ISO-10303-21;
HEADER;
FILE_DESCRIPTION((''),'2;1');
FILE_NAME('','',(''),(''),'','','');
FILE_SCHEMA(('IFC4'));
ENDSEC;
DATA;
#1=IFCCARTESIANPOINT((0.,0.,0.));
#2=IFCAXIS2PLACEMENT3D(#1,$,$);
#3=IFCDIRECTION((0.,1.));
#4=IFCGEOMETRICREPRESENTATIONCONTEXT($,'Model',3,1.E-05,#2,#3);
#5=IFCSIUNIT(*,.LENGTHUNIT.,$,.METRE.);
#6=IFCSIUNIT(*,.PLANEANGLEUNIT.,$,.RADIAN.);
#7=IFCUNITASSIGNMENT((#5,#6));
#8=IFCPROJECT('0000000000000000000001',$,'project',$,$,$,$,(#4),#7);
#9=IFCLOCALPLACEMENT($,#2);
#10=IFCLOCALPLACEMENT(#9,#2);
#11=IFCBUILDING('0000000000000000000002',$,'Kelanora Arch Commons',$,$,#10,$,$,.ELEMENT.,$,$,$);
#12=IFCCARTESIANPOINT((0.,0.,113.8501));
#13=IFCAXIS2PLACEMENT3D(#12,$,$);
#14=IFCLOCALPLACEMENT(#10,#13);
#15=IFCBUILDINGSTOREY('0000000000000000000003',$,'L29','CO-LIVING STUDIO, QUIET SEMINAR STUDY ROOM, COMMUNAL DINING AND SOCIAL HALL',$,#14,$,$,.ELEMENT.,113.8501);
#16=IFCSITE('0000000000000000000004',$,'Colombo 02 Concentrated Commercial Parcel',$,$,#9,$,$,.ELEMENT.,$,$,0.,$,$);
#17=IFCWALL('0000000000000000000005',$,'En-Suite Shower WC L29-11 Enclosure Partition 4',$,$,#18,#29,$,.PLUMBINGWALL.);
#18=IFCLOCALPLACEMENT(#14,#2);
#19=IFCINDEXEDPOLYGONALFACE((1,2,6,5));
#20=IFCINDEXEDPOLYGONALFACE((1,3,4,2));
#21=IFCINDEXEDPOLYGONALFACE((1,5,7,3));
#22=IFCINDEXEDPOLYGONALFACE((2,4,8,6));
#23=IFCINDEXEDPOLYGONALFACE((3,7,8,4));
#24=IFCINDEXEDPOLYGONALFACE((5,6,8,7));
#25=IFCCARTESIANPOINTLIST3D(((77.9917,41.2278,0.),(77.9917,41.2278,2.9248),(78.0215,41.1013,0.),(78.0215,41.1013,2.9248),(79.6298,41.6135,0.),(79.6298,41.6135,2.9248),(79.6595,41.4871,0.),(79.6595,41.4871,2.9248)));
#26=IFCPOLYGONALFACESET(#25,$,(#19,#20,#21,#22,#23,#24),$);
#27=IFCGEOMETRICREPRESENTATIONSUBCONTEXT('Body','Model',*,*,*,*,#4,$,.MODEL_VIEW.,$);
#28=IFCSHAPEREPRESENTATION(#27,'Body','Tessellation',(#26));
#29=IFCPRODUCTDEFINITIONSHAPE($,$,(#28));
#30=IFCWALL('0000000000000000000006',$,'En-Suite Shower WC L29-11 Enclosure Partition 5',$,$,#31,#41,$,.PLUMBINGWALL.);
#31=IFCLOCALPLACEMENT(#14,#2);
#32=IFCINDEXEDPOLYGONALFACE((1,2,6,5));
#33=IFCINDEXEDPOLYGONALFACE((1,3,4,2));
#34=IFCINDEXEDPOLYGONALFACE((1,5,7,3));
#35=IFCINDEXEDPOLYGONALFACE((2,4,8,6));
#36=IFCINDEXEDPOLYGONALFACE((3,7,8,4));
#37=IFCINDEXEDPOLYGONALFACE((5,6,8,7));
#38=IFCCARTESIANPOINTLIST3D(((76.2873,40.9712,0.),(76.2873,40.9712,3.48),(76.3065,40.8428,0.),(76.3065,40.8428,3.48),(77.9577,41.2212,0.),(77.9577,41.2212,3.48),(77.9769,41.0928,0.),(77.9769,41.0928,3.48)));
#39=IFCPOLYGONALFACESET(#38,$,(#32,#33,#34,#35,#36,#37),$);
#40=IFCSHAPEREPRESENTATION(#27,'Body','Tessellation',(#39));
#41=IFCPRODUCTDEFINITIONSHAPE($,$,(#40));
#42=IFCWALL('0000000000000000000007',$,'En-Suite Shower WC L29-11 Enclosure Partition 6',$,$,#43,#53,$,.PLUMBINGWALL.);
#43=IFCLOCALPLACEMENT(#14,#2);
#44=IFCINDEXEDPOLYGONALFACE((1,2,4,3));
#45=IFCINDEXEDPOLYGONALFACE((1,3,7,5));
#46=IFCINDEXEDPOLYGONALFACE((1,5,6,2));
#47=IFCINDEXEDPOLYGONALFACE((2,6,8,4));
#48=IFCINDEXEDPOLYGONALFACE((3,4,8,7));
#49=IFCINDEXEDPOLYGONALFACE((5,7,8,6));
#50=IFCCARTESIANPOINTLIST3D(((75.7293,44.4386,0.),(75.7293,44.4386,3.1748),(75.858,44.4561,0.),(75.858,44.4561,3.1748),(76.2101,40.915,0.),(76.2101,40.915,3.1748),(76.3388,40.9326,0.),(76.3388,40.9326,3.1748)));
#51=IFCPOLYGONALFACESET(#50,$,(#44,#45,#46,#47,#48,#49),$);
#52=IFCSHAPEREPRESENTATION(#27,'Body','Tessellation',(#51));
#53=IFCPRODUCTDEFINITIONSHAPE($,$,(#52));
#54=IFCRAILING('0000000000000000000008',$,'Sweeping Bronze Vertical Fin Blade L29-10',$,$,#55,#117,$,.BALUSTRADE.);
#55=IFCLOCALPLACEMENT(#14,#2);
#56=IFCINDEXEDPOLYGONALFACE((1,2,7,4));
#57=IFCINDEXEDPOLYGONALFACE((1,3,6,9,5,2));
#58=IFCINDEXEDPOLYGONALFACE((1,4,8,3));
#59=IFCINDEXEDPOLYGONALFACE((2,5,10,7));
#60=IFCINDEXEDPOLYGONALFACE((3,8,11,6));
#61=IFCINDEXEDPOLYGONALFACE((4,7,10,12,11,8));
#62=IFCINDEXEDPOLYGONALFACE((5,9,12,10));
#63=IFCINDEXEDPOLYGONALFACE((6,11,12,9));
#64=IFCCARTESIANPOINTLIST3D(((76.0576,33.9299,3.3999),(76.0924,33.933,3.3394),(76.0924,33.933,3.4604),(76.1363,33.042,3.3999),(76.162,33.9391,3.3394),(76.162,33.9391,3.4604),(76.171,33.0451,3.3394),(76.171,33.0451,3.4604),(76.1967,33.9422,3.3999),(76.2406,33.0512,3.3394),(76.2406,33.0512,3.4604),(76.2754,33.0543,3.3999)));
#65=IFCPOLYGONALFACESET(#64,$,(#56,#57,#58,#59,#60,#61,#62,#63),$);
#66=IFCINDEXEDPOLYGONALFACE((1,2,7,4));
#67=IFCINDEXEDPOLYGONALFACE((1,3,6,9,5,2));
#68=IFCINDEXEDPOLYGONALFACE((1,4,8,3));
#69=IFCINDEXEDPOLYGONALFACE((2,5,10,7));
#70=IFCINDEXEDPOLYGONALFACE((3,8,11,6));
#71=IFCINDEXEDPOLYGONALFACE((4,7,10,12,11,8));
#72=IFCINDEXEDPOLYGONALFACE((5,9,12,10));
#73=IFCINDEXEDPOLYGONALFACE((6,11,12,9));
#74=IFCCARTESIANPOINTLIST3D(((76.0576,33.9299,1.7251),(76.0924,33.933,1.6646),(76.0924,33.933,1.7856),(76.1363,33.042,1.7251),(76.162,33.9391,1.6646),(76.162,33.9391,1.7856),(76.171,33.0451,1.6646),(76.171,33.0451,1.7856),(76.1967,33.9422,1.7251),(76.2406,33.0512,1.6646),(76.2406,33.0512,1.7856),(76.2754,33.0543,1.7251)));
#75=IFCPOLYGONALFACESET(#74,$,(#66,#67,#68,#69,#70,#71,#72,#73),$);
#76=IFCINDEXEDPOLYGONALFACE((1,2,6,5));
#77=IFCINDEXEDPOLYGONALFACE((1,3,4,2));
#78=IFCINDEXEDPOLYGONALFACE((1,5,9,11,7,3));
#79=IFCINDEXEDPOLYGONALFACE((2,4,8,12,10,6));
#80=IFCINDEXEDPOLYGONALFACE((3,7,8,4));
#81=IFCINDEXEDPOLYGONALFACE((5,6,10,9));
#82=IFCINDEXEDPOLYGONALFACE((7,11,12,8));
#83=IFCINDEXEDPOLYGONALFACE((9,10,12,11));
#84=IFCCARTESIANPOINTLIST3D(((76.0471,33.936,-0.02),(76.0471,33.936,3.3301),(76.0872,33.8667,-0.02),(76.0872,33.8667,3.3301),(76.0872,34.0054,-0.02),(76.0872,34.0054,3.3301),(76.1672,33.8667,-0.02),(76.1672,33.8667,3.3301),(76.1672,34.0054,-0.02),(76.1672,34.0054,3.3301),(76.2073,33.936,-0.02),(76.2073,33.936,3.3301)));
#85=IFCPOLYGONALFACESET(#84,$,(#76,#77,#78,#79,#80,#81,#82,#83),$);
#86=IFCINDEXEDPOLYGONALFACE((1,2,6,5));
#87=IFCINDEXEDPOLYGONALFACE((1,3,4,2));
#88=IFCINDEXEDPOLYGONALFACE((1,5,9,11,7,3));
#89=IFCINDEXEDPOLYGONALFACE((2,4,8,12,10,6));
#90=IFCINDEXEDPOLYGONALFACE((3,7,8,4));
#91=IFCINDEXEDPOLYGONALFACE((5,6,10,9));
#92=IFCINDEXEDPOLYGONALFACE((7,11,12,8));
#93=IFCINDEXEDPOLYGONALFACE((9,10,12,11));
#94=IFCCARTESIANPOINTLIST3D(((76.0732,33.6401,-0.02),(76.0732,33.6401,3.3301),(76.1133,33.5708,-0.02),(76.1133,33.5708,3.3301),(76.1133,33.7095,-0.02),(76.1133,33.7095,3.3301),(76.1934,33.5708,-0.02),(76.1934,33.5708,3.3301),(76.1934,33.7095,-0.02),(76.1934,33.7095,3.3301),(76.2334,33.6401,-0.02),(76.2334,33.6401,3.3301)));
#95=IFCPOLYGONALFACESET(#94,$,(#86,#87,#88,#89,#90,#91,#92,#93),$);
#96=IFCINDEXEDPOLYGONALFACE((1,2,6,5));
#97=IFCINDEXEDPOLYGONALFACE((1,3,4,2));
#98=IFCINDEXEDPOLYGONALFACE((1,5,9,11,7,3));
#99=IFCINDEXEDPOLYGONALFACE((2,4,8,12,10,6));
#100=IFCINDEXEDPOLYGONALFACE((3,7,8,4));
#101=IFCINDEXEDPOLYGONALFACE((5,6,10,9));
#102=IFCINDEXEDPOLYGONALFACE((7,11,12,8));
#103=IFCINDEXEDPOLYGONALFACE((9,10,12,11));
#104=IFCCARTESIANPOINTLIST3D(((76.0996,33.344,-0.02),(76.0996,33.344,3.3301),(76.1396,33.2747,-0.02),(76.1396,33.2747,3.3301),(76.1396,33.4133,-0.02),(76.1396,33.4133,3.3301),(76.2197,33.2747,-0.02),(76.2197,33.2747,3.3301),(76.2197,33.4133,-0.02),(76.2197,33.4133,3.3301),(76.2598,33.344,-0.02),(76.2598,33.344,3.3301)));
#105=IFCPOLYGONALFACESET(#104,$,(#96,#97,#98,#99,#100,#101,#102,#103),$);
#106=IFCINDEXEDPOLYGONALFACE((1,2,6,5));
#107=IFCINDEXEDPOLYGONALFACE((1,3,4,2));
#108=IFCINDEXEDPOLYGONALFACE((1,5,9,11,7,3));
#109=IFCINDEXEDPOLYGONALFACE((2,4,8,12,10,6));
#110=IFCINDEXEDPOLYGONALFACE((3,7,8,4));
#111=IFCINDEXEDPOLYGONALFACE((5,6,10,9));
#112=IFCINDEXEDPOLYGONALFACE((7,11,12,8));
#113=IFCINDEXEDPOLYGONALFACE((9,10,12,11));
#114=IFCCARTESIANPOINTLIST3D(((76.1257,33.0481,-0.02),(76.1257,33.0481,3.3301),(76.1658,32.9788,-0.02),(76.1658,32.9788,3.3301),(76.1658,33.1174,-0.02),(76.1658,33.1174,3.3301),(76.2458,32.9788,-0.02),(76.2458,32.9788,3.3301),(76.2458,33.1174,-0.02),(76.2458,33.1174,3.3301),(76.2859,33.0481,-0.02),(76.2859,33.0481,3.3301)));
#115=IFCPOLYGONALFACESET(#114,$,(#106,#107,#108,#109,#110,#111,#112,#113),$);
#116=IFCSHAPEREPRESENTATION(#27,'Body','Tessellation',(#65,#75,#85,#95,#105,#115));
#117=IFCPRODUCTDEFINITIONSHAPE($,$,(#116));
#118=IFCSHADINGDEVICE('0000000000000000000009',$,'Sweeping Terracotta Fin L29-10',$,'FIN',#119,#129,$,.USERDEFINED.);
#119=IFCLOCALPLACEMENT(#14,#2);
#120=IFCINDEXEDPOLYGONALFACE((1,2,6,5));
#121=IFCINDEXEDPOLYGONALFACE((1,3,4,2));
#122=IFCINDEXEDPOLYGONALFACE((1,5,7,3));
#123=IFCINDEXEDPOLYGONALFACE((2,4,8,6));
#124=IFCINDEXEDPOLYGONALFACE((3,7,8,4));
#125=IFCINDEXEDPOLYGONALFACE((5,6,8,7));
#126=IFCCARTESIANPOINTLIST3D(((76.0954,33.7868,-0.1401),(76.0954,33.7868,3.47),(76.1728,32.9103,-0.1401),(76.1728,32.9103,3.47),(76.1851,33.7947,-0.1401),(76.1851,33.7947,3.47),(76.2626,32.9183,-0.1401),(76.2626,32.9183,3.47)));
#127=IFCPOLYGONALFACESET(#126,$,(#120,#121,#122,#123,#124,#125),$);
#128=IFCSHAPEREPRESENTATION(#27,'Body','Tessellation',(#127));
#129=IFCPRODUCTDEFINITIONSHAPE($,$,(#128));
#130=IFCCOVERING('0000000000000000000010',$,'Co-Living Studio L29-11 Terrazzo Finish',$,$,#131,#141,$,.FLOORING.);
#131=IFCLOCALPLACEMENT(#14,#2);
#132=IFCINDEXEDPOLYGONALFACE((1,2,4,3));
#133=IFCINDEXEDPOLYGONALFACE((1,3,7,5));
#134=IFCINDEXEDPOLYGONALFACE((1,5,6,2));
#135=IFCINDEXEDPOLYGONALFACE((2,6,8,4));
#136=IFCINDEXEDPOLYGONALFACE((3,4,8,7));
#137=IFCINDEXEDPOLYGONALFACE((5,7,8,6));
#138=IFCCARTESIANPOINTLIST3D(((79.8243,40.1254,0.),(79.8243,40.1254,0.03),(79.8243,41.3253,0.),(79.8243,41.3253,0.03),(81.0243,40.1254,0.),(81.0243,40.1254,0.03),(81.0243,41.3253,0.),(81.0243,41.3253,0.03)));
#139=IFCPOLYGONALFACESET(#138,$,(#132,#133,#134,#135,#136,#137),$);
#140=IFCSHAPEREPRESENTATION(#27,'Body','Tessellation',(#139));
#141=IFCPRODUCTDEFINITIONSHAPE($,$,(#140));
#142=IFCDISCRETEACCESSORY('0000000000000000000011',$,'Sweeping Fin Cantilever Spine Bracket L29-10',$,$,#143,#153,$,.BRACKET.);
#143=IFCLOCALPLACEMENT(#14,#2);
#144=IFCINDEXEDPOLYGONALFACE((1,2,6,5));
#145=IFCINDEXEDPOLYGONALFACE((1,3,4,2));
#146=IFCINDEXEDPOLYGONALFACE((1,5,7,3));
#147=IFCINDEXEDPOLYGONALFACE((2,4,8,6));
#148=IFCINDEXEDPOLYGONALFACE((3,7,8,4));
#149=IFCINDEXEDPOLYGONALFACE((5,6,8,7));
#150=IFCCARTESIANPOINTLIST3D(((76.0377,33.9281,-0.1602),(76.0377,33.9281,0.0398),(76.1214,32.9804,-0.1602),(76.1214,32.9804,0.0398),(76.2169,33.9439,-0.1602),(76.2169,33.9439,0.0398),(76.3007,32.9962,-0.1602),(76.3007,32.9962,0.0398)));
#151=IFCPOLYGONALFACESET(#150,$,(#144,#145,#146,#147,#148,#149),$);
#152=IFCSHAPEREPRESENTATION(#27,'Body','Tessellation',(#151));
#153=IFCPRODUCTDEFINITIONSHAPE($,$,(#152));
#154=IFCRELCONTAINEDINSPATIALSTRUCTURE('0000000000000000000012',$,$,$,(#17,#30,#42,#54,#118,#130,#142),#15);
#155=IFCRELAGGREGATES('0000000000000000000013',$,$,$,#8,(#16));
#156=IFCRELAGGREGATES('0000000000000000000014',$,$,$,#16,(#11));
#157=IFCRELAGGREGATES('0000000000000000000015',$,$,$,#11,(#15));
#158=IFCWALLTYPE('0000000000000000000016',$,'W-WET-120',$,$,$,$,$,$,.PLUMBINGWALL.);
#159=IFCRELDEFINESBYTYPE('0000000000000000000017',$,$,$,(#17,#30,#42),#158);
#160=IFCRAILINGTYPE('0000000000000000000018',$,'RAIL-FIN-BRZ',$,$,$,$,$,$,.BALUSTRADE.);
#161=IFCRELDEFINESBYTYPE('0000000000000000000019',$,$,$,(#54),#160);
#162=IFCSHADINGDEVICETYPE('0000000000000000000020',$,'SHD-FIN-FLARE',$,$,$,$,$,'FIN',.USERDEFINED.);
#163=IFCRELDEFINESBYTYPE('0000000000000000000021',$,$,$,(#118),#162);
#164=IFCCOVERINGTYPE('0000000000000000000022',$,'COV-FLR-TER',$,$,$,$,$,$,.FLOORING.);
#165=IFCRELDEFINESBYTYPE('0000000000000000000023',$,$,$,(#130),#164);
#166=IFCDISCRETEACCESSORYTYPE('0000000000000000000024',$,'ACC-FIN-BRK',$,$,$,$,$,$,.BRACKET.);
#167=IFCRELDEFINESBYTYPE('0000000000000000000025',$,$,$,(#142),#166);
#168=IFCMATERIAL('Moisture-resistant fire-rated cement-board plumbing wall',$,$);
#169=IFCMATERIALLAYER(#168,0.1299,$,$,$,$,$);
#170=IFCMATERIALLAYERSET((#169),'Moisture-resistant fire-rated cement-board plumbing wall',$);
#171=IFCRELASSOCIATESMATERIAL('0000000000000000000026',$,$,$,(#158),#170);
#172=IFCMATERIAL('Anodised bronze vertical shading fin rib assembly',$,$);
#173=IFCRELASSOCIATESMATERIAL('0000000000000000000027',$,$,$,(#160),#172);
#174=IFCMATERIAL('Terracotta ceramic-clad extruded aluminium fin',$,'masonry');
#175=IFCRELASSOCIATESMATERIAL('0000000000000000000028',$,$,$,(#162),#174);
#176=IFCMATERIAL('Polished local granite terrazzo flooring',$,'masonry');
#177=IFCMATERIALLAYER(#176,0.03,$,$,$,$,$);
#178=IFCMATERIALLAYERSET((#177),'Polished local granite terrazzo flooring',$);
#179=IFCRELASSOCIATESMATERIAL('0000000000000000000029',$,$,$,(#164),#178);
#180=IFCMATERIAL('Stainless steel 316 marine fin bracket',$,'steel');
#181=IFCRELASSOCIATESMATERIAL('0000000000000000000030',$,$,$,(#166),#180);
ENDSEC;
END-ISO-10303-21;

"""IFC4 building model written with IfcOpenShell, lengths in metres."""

from ifc_helpers import new_model, si_unit, direction, frame, frame_2d, origin, origin_2d, place, context, subcontext, project, spatial, polyline, rectangle, outline, extrude, source, transform, mapped, material, layer, layer_set, type_object, element, save


model = new_model("IFC4")

# Units and contexts
model_context = context("Model", 3, precision=1e-05, world=origin(), true_north=direction((0.0, 1.0)))
body_context = subcontext(model_context, "Body", "Model", "MODEL_VIEW")
ifc_project = project(units=[si_unit("LENGTHUNIT", "METRE"), si_unit("PLANEANGLEUNIT", "RADIAN")], contexts=[model_context])

# Site, building, storey
site_placement = place(None, origin())
site = spatial("IfcSite", under=ifc_project, at=site_placement, Name="Colombo 02 Concentrated Commercial Parcel", CompositionType="ELEMENT", RefElevation=0.0)
building_placement = place(site_placement, origin())
building = spatial("IfcBuilding", under=site, at=building_placement, Name="Kelanora Arch Commons", CompositionType="ELEMENT")
storey_placement = place(building_placement, frame((0.0, 0.0, 113.8501)))
storey = spatial("IfcBuildingStorey", under=building, at=storey_placement, Name="L29", Description="CO-LIVING STUDIO, QUIET SEMINAR STUDY ROOM, COMMUNAL DINING AND SOCIAL HALL", CompositionType="ELEMENT", Elevation=113.8501)

# Walls
ifc_material_1 = material(Name="Moisture-resistant fire-rated cement-board plumbing wall")
ifc_layer_1 = layer(ifc_material_1, 0.1299)
ifc_layer_set_1 = layer_set([ifc_layer_1], Name="Moisture-resistant fire-rated cement-board plumbing wall")
wall_type_1 = type_object("IfcWallType", Name="W-WET-120", PredefinedType="PLUMBINGWALL", material=ifc_layer_set_1)
wall_1_placement = place(storey_placement, frame((79.6445, 41.5503, 0.0), z_axis=(0.0, 0.0, 1.0), x_axis=(-0.973371, -0.229233, 0.0)))
element("IfcWall", 1, at=wall_1_placement, inside=storey, type_object=wall_type_1, Name="En-Suite Shower WC L29-11 Enclosure Partition 4", PredefinedType="PLUMBINGWALL", context=body_context, shape_type="SweptSolid", body=[
    extrude(rectangle(XDim=1.6829, YDim=0.1299, at=frame_2d((0.8413, 0.0))), origin(), (0.0, 0.0, 1.0), 2.9248),
])
wall_2_placement = place(storey_placement, frame((77.9673, 41.157, 0.0), z_axis=(0.0, 0.0, 1.0), x_axis=(-0.988985, -0.148015, 0.0)))
element("IfcWall", 2, at=wall_2_placement, inside=storey, type_object=wall_type_1, Name="En-Suite Shower WC L29-11 Enclosure Partition 5", PredefinedType="PLUMBINGWALL", context=body_context, shape_type="SweptSolid", body=[
    extrude(rectangle(XDim=1.689, YDim=0.1299, at=frame_2d((0.8445, 0.0))), origin(), (0.0, 0.0, 1.0), 3.48),
])
wall_3_placement = place(storey_placement, frame((76.2744, 40.9238, 0.0), z_axis=(0.0, 0.0, 1.0), x_axis=(-0.135181, 0.990821, 0.0)))
element("IfcWall", 3, at=wall_3_placement, inside=storey, type_object=wall_type_1, Name="En-Suite Shower WC L29-11 Enclosure Partition 6", PredefinedType="PLUMBINGWALL", context=body_context, shape_type="SweptSolid", body=[
    extrude(rectangle(XDim=3.5562, YDim=0.1299, at=frame_2d((1.7781, 0.0))), origin(), (0.0, 0.0, 1.0), 3.1748),
])

# Railing
ifc_material_2 = material(Name="Anodised bronze vertical shading fin rib assembly")
railing_type = type_object("IfcRailingType", Name="RAIL-FIN-BRZ", PredefinedType="BALUSTRADE", material=ifc_material_2)
railing_placement = place(storey_placement, frame((76.1272, 33.936, -0.02)))
element("IfcRailing", 4, at=railing_placement, inside=storey, type_object=railing_type, Name="Sweeping Bronze Vertical Fin Blade L29-10", PredefinedType="BALUSTRADE", context=body_context, shape_type="SweptSolid", body=[
    extrude(outline(polyline([(0.0698, 0.0), (0.0349, 0.0605), (-0.0349, 0.0605), (-0.0698, 0.0), (-0.0349, -0.0605), (0.0349, -0.0605), (0.0698, 0.0)])), frame((0.0, 0.0, 3.4199), z_axis=(0.08819, -0.996104, 0.0), x_axis=(0.996104, 0.08819, 0.0)), (0.0, 0.0, 1.0), 0.8914),
    extrude(outline(polyline([(0.0698, 0.0), (0.0349, 0.0605), (-0.0349, 0.0605), (-0.0698, 0.0), (-0.0349, -0.0605), (0.0349, -0.0605), (0.0698, 0.0)])), frame((0.0, 0.0, 1.7451), z_axis=(0.08819, -0.996104, 0.0), x_axis=(0.996104, 0.08819, 0.0)), (0.0, 0.0, 1.0), 0.8914),
    extrude(outline(polyline([(0.0801, 0.0), (0.04, 0.0693), (-0.04, 0.0693), (-0.0801, 0.0), (-0.04, -0.0693), (0.04, -0.0693), (0.0801, 0.0)])), origin(), (0.0, 0.0, 1.0), 3.3501),
    extrude(outline(polyline([(0.0801, 0.0), (0.04, 0.0693), (-0.04, 0.0693), (-0.0801, 0.0), (-0.04, -0.0693), (0.04, -0.0693), (0.0801, 0.0)])), frame((0.0261, -0.2959, 0.0)), (0.0, 0.0, 1.0), 3.3501),
    extrude(outline(polyline([(0.0801, 0.0), (0.04, 0.0693), (-0.04, 0.0693), (-0.0801, 0.0), (-0.04, -0.0693), (0.04, -0.0693), (0.0801, 0.0)])), frame((0.0525, -0.592, 0.0)), (0.0, 0.0, 1.0), 3.3501),
    extrude(outline(polyline([(0.0801, 0.0), (0.04, 0.0693), (-0.04, 0.0693), (-0.0801, 0.0), (-0.04, -0.0693), (0.04, -0.0693), (0.0801, 0.0)])), frame((0.0786, -0.8879, 0.0)), (0.0, 0.0, 1.0), 3.3501),
])

# Shading device
ifc_material_3 = material(Name="Terracotta ceramic-clad extruded aluminium fin", Category="masonry")
shading_device_type = type_object("IfcShadingDeviceType", Name="SHD-FIN-FLARE", ElementType="FIN", PredefinedType="USERDEFINED", material=ifc_material_3)
shared_shape_1 = source(origin(), body_context, "Body", "SweptSolid", [
    extrude(rectangle(XDim=0.8799, YDim=0.0901, at=origin_2d()), origin(), (0.0, 0.0, 1.0), 3.6101),
])
shading_device_placement = place(storey_placement, frame((76.179, 33.3525, -0.1401), z_axis=(0.0, 0.0, 1.0), x_axis=(0.088025, -0.996118, 0.0)))
element("IfcShadingDevice", 5, at=shading_device_placement, inside=storey, type_object=shading_device_type, Name="Sweeping Terracotta Fin L29-10", ObjectType="FIN", PredefinedType="USERDEFINED", context=body_context, shape_type="MappedRepresentation", body=[
    mapped(shared_shape_1, transform((0.0, 0.0, 0.0), scale=1.0)),
])

# Covering
ifc_material_4 = material(Name="Polished local granite terrazzo flooring", Category="masonry")
ifc_layer_2 = layer(ifc_material_4, 0.03)
ifc_layer_set_2 = layer_set([ifc_layer_2], Name="Polished local granite terrazzo flooring")
covering_type = type_object("IfcCoveringType", Name="COV-FLR-TER", PredefinedType="FLOORING", material=ifc_layer_set_2)
shared_shape_2 = source(origin(), body_context, "Body", "SweptSolid", [
    extrude(rectangle(XDim=1.2, YDim=1.2, at=origin_2d()), origin(), (0.0, 0.0, 1.0), 0.03),
])
covering_placement = place(storey_placement, frame((80.4243, 40.7253, 0.0), z_axis=(0.0, 0.0, 1.0), x_axis=(1.0, 0.0, 0.0)))
element("IfcCovering", 6, at=covering_placement, inside=storey, type_object=covering_type, Name="Co-Living Studio L29-11 Terrazzo Finish", PredefinedType="FLOORING", context=body_context, shape_type="MappedRepresentation", body=[
    mapped(shared_shape_2, transform((0.0, 0.0, 0.0), scale=1.0)),
])

# Discrete accessory
ifc_material_5 = material(Name="Stainless steel 316 marine fin bracket", Category="steel")
discrete_accessory_type = type_object("IfcDiscreteAccessoryType", Name="ACC-FIN-BRK", PredefinedType="BRACKET", material=ifc_material_5)
shared_shape_3 = source(origin(), body_context, "Body", "SweptSolid", [
    extrude(rectangle(XDim=0.9514, YDim=0.1799, at=origin_2d()), origin(), (0.0, 0.0, 1.0), 0.2),
])
discrete_accessory_placement = place(storey_placement, frame((76.1692, 33.4622, -0.1602), z_axis=(0.0, 0.0, 1.0), x_axis=(0.088025, -0.996118, 0.0)))
element("IfcDiscreteAccessory", 7, at=discrete_accessory_placement, inside=storey, type_object=discrete_accessory_type, Name="Sweeping Fin Cantilever Spine Bracket L29-10", PredefinedType="BRACKET", context=body_context, shape_type="MappedRepresentation", body=[
    mapped(shared_shape_3, transform((0.0, 0.0, 0.0), scale=1.0)),
])

save(model, "model.ifc")
